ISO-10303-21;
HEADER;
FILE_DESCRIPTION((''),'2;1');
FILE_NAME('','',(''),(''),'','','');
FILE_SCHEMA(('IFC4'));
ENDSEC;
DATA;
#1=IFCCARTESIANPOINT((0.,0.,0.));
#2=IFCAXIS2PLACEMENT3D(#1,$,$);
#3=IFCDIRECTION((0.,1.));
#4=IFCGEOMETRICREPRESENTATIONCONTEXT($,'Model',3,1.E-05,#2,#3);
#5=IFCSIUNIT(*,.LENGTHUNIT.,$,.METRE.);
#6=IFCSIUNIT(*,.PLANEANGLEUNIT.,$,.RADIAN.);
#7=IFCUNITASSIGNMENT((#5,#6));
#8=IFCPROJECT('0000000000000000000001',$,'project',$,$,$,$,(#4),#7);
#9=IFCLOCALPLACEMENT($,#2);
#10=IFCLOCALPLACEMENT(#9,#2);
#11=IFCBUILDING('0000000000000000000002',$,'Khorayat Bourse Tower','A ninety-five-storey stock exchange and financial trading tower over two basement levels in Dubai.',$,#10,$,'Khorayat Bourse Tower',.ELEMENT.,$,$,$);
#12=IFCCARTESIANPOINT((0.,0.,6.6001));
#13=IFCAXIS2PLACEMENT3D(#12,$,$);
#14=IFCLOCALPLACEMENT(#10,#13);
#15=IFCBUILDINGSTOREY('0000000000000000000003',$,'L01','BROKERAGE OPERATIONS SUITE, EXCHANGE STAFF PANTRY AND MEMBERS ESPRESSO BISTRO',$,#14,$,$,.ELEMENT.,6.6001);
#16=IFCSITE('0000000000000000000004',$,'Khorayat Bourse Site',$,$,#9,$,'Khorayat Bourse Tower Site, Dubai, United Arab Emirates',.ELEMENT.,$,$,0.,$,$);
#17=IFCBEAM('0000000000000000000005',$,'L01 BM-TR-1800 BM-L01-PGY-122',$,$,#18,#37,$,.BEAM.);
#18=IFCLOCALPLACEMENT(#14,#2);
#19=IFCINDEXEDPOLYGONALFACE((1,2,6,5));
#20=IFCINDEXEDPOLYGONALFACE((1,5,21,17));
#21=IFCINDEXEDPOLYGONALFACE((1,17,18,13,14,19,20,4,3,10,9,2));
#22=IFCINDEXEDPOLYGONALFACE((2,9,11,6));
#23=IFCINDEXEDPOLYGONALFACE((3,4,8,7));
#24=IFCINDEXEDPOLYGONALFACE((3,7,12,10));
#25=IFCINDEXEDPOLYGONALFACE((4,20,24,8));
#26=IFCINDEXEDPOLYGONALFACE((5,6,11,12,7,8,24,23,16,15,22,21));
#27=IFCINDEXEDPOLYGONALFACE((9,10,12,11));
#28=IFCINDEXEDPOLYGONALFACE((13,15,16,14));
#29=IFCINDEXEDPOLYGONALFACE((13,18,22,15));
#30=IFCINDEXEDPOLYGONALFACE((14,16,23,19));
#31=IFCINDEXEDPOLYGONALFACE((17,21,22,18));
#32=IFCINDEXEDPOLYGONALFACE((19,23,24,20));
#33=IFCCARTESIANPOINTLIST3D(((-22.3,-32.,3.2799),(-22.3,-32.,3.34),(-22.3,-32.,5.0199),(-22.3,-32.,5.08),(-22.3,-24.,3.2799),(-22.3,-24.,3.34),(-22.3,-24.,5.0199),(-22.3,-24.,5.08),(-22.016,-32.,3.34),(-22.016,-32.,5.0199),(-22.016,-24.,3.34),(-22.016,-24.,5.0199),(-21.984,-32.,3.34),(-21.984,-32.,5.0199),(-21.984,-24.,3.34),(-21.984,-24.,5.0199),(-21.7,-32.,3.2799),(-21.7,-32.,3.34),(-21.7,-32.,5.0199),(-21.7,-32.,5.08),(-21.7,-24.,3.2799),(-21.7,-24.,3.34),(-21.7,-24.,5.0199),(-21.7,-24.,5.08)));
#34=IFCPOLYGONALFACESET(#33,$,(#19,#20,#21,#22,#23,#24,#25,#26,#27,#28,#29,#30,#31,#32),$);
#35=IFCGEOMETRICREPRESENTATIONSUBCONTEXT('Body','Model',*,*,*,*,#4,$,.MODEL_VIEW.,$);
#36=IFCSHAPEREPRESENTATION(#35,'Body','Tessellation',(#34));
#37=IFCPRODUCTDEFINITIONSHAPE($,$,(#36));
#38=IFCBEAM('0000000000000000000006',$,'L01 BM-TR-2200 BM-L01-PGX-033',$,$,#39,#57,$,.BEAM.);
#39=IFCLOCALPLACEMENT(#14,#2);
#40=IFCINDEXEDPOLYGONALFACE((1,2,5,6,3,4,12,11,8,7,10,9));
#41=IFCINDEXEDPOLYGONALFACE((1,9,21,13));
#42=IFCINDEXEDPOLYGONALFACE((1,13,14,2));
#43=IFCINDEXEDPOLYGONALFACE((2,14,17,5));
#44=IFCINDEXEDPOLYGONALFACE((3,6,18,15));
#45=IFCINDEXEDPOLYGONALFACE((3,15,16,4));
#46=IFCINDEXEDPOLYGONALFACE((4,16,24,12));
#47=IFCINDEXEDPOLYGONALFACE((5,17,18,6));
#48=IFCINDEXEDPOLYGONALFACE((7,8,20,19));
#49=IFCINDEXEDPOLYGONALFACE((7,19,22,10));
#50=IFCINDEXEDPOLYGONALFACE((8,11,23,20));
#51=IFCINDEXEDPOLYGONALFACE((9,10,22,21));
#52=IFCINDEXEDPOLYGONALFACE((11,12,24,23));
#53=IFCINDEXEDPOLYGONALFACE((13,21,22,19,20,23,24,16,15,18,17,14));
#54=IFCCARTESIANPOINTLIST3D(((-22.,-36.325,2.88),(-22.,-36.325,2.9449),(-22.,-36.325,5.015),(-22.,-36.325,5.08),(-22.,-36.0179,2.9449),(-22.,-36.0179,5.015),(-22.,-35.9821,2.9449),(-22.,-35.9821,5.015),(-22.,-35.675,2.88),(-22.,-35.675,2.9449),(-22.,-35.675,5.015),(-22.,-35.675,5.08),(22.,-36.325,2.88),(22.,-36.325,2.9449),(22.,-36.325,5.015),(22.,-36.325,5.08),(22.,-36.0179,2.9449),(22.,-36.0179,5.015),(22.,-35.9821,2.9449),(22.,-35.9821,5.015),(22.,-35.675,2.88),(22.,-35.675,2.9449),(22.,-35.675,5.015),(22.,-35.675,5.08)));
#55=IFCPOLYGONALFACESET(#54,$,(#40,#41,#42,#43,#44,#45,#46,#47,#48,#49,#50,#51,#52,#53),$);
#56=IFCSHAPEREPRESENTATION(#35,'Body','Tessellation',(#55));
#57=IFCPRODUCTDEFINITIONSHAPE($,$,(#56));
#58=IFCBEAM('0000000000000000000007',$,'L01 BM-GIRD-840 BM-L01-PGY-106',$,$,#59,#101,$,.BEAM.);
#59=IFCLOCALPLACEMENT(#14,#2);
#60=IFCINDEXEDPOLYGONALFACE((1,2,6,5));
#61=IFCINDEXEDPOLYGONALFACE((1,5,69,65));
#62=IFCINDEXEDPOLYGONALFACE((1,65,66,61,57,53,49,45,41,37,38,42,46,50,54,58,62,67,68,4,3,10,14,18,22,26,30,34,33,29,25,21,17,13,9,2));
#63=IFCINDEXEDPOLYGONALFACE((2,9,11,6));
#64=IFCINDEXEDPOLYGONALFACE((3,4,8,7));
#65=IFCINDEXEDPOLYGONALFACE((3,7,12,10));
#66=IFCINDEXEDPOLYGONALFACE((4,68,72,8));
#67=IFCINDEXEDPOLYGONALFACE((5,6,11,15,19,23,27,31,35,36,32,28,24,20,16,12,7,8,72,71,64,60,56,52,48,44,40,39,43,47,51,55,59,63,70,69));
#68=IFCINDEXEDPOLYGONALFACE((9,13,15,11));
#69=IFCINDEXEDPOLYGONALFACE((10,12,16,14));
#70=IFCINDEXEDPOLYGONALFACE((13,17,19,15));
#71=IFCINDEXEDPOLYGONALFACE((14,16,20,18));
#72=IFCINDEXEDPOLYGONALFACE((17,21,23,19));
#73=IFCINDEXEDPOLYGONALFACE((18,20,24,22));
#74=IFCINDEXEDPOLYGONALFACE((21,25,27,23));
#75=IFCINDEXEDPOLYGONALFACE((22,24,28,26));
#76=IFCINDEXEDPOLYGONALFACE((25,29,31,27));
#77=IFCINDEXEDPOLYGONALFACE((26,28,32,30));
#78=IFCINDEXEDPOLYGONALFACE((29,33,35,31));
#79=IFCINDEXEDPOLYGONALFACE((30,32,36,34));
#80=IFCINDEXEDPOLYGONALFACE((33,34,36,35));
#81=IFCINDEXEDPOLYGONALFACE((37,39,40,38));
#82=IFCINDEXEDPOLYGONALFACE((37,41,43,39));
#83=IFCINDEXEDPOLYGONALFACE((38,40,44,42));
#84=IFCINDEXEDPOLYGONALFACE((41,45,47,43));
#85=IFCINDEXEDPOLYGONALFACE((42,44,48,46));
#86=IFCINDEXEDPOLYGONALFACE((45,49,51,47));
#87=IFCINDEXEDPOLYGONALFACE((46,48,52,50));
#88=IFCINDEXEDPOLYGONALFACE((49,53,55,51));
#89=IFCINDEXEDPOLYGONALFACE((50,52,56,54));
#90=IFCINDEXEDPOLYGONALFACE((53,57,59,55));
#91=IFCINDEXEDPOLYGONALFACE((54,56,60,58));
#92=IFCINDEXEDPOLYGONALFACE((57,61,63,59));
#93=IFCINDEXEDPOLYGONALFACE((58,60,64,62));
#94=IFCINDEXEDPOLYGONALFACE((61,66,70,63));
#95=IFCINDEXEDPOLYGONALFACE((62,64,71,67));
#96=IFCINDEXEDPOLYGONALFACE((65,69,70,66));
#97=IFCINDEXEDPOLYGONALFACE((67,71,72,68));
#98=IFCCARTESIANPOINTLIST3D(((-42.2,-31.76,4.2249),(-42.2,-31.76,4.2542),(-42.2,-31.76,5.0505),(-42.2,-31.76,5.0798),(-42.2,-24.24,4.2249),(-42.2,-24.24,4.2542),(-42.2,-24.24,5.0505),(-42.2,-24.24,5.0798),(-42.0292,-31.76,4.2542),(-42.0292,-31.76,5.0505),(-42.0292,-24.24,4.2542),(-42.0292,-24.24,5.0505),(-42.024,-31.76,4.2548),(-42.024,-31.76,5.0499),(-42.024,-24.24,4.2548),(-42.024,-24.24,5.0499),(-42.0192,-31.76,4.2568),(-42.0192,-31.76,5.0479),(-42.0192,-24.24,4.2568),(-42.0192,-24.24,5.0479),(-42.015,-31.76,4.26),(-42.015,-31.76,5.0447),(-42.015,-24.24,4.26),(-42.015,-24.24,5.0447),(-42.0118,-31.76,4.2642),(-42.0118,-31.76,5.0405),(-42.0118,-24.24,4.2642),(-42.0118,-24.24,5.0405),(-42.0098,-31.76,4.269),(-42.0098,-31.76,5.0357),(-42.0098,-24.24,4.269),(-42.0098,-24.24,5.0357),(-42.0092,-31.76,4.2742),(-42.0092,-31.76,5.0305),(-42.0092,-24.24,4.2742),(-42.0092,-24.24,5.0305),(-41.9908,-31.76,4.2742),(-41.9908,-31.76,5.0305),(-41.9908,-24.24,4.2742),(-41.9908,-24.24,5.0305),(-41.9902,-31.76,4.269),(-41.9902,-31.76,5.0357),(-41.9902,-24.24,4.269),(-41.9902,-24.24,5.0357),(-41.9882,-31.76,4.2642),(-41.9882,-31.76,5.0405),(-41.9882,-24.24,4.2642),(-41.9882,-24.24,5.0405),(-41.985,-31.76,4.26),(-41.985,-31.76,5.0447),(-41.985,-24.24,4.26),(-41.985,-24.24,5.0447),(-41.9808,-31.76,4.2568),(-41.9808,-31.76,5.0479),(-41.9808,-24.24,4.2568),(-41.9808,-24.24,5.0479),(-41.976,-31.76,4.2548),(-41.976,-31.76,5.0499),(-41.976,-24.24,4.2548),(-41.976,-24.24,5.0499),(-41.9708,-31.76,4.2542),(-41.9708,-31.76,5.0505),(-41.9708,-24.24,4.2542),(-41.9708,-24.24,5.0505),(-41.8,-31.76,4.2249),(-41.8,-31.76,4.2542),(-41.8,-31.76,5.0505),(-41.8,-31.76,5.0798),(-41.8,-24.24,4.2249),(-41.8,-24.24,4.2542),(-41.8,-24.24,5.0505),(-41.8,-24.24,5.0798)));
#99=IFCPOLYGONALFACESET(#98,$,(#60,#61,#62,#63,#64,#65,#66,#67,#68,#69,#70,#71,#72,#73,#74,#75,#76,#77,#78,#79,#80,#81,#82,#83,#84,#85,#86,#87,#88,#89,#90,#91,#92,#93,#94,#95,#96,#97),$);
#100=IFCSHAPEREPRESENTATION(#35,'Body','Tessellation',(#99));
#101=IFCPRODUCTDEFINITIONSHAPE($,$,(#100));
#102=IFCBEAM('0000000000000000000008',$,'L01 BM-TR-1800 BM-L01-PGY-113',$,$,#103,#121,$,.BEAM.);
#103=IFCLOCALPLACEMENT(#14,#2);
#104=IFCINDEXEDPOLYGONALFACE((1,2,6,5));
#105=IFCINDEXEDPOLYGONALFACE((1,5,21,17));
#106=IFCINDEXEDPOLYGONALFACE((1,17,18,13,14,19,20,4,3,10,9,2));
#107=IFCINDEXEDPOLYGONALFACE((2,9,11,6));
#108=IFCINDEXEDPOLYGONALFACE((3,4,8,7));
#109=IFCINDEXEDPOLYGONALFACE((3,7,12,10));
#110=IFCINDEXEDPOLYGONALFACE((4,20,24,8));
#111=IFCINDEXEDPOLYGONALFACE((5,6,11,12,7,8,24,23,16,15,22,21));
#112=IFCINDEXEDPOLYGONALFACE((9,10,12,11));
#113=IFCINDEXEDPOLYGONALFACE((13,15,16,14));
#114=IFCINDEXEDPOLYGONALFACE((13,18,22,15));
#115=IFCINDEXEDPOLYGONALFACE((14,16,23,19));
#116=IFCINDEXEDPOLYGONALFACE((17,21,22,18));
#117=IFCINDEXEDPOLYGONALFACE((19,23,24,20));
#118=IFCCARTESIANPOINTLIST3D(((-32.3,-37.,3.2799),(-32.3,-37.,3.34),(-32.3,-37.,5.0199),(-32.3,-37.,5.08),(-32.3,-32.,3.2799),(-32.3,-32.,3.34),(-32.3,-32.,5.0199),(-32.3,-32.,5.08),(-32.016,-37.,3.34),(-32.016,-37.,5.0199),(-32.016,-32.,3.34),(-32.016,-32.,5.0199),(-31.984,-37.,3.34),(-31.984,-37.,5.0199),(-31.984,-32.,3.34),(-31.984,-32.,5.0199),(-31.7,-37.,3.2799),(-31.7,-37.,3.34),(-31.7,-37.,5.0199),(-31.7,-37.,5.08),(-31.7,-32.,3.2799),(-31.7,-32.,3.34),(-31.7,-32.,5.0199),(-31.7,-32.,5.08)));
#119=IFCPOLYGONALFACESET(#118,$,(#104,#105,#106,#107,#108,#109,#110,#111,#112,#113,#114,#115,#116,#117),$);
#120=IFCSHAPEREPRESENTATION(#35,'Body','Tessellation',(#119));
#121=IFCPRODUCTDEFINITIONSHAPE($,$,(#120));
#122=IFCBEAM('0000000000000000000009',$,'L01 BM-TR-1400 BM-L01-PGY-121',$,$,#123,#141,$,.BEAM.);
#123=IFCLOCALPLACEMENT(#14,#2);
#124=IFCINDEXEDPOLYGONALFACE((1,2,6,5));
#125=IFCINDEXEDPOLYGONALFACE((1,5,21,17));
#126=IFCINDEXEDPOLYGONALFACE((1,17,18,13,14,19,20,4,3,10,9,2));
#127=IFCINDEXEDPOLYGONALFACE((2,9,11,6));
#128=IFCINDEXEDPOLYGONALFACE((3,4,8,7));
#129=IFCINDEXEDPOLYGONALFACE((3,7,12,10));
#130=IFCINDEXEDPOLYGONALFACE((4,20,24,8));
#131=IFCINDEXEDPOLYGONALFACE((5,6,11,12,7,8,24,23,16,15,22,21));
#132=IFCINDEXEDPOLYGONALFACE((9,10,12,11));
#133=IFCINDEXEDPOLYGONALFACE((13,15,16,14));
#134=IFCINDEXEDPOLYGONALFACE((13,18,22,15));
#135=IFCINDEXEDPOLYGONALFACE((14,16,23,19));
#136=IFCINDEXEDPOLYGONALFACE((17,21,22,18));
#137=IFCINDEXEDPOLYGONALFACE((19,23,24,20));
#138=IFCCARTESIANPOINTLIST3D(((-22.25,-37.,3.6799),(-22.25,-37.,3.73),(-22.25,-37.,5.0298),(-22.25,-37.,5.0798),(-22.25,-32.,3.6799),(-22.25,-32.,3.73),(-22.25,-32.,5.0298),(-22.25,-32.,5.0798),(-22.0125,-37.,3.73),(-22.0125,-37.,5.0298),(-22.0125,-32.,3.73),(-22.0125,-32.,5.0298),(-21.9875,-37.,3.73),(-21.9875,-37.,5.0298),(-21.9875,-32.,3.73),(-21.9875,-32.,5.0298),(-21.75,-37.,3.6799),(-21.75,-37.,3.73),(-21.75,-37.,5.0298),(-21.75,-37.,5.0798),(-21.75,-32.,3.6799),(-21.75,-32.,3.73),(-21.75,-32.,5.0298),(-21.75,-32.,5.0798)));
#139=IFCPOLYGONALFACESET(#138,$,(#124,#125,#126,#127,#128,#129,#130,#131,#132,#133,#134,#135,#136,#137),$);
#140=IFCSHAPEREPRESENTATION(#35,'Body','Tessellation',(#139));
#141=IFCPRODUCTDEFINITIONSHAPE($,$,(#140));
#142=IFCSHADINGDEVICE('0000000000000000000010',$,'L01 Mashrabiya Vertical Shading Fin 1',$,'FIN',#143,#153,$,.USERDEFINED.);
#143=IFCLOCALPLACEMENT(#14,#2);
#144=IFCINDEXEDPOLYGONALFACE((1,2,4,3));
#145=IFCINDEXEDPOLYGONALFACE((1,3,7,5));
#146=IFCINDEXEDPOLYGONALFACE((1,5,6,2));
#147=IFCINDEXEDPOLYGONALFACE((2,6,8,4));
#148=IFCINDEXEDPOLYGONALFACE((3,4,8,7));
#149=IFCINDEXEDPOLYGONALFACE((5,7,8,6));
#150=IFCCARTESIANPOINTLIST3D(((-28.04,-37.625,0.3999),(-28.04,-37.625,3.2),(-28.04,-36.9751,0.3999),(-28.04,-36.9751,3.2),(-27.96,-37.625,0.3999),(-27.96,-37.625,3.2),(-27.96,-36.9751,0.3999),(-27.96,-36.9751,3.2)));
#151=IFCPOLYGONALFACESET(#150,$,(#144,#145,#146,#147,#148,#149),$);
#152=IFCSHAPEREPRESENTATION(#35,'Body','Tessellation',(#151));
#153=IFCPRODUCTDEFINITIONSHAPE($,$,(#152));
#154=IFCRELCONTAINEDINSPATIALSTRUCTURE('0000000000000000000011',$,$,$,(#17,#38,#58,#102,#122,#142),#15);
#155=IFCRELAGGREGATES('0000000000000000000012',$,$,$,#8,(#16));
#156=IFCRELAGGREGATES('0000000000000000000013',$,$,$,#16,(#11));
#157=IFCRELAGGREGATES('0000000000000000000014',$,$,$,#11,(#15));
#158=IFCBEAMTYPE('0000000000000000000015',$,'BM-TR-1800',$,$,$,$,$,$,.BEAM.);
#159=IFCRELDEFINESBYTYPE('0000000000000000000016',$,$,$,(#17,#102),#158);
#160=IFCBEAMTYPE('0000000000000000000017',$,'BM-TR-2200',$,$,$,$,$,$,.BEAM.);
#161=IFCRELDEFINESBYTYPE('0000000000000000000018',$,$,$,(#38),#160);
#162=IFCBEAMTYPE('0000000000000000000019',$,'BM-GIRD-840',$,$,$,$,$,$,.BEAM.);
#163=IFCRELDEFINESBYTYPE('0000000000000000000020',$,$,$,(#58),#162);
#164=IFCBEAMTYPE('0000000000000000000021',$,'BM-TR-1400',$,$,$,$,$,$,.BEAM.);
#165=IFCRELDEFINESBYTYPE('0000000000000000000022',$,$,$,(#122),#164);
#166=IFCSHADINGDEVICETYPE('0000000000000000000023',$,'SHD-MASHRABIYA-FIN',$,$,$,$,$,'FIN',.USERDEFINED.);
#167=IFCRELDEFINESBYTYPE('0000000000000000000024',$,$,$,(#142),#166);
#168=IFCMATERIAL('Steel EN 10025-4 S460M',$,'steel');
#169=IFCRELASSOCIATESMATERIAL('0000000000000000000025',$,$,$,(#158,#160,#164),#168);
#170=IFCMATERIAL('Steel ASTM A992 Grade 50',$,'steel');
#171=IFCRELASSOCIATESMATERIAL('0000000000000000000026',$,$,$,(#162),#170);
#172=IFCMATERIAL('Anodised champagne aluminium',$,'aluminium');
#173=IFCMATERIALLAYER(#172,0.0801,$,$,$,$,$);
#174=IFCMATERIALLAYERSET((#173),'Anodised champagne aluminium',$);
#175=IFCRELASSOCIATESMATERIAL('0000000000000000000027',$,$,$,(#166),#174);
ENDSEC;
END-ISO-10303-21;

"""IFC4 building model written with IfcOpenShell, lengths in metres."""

from ifc_helpers import new_model, si_unit, direction, frame, origin, origin_2d, place, context, subcontext, project, spatial, rectangle, i_section, extrude, source, transform, mapped, material, layer, layer_set, material_profile, profile_set, type_object, element, save


model = new_model("IFC4")

# Units and contexts
model_context = context("Model", 3, precision=1e-05, world=origin(), true_north=direction((0.0, 1.0)))
body_context = subcontext(model_context, "Body", "Model", "MODEL_VIEW")
ifc_project = project(units=[si_unit("LENGTHUNIT", "METRE"), si_unit("PLANEANGLEUNIT", "RADIAN")], contexts=[model_context])

# Site, building, storey
site_placement = place(None, origin())
site = spatial("IfcSite", under=ifc_project, at=site_placement, Name="Khorayat Bourse Site", LongName="Khorayat Bourse Tower Site, Dubai, United Arab Emirates", CompositionType="ELEMENT", RefElevation=0.0)
building_placement = place(site_placement, origin())
building = spatial("IfcBuilding", under=site, at=building_placement, Name="Khorayat Bourse Tower", Description="A ninety-five-storey stock exchange and financial trading tower over two basement levels in Dubai.", LongName="Khorayat Bourse Tower", CompositionType="ELEMENT")
storey_placement = place(building_placement, frame((0.0, 0.0, 6.6001)))
storey = spatial("IfcBuildingStorey", under=building, at=storey_placement, Name="L01", Description="BROKERAGE OPERATIONS SUITE, EXCHANGE STAFF PANTRY AND MEMBERS ESPRESSO BISTRO", CompositionType="ELEMENT", Elevation=6.6001)

# Beams
ifc_material_1 = material(Name="Steel EN 10025-4 S460M", Category="steel")
ifc_material_profile_1 = material_profile(ifc_material_1, i_section(OverallWidth=0.6001, OverallDepth=1.8, WebThickness=0.032, FlangeThickness=0.0601, at=origin_2d()), Name="PG 1800x600x32x60")
ifc_profile_set_1 = profile_set([ifc_material_profile_1], Name="Steel EN 10025-4 S460M")
beam_type_1 = type_object("IfcBeamType", Name="BM-TR-1800", PredefinedType="BEAM", material=ifc_profile_set_1)
shared_shape_1 = source(origin(), body_context, "Body", "SweptSolid", [
    extrude(i_section(OverallWidth=0.6001, OverallDepth=1.8, WebThickness=0.032, FlangeThickness=0.0601, at=origin_2d()), origin(), (0.0, 0.0, 1.0), 8.0),
])
for number, where, z_axis, x_axis, name in (
    (1, (-22.0, -32.0, 4.1799), (0.0, 1.0, 0.0), (-1.0, 0.0, 0.0), "L01 BM-TR-1800 BM-L01-PGY-122"),
):
    element("IfcBeam", number, at=place(storey_placement, frame(where, z_axis=z_axis, x_axis=x_axis)), inside=storey, type_object=beam_type_1, Name=name, PredefinedType="BEAM", context=body_context, shape_type="MappedRepresentation", body=[
        mapped(shared_shape_1, transform((0.0, 0.0, 0.0), scale=1.0)),
    ])
ifc_material_profile_2 = material_profile(ifc_material_1, i_section(OverallWidth=0.6499, OverallDepth=2.2, WebThickness=0.0359, FlangeThickness=0.0649, at=origin_2d()), Name="PG 2200x650x36x65")
ifc_profile_set_2 = profile_set([ifc_material_profile_2], Name="Steel EN 10025-4 S460M")
beam_type_2 = type_object("IfcBeamType", Name="BM-TR-2200", PredefinedType="BEAM", material=ifc_profile_set_2)
shared_shape_2 = source(origin(), body_context, "Body", "SweptSolid", [
    extrude(i_section(OverallWidth=0.6499, OverallDepth=2.2, WebThickness=0.0359, FlangeThickness=0.0649, at=origin_2d()), origin(), (0.0, 0.0, 1.0), 44.0),
])
beam_1_placement = place(storey_placement, frame((-22.0, -36.0, 3.98), z_axis=(1.0, 0.0, 0.0), x_axis=(0.0, 1.0, 0.0)))
element("IfcBeam", 2, at=beam_1_placement, inside=storey, type_object=beam_type_2, Name="L01 BM-TR-2200 BM-L01-PGX-033", PredefinedType="BEAM", context=body_context, shape_type="MappedRepresentation", body=[
    mapped(shared_shape_2, transform((0.0, 0.0, 0.0), scale=1.0)),
])
ifc_material_2 = material(Name="Steel ASTM A992 Grade 50", Category="steel")
ifc_material_profile_3 = material_profile(ifc_material_2, i_section(OverallWidth=0.3999, OverallDepth=0.855, WebThickness=0.0183, FlangeThickness=0.0293, FilletRadius=0.02, at=origin_2d()), Name="W840X299")
ifc_profile_set_3 = profile_set([ifc_material_profile_3], Name="Steel ASTM A992 Grade 50")
beam_type_3 = type_object("IfcBeamType", Name="BM-GIRD-840", PredefinedType="BEAM", material=ifc_profile_set_3)
shared_shape_3 = source(origin(), body_context, "Body", "SweptSolid", [
    extrude(i_section(OverallWidth=0.3999, OverallDepth=0.855, WebThickness=0.0183, FlangeThickness=0.0293, FilletRadius=0.02, at=origin_2d()), origin(), (0.0, 0.0, 1.0), 7.52),
])
beam_2_placement = place(storey_placement, frame((-42.0, -31.76, 4.6523), z_axis=(0.0, 1.0, 0.0), x_axis=(-1.0, 0.0, 0.0)))
element("IfcBeam", 3, at=beam_2_placement, inside=storey, type_object=beam_type_3, Name="L01 BM-GIRD-840 BM-L01-PGY-106", PredefinedType="BEAM", context=body_context, shape_type="MappedRepresentation", body=[
    mapped(shared_shape_3, transform((0.0, 0.0, 0.0), scale=1.0)),
])
shared_shape_4 = source(origin(), body_context, "Body", "SweptSolid", [
    extrude(i_section(OverallWidth=0.6001, OverallDepth=1.8, WebThickness=0.032, FlangeThickness=0.0601, at=origin_2d()), origin(), (0.0, 0.0, 1.0), 5.0),
])
beam_3_placement = place(storey_placement, frame((-32.0, -37.0, 4.1799), z_axis=(0.0, 1.0, 0.0), x_axis=(-1.0, 0.0, 0.0)))
element("IfcBeam", 4, at=beam_3_placement, inside=storey, type_object=beam_type_1, Name="L01 BM-TR-1800 BM-L01-PGY-113", PredefinedType="BEAM", context=body_context, shape_type="MappedRepresentation", body=[
    mapped(shared_shape_4, transform((0.0, 0.0, 0.0), scale=1.0)),
])
ifc_material_profile_4 = material_profile(ifc_material_1, i_section(OverallWidth=0.5, OverallDepth=1.3999, WebThickness=0.0249, FlangeThickness=0.05, at=origin_2d()), Name="PG 1400x500x25x50")
ifc_profile_set_4 = profile_set([ifc_material_profile_4], Name="Steel EN 10025-4 S460M")
beam_type_4 = type_object("IfcBeamType", Name="BM-TR-1400", PredefinedType="BEAM", material=ifc_profile_set_4)
shared_shape_5 = source(origin(), body_context, "Body", "SweptSolid", [
    extrude(i_section(OverallWidth=0.5, OverallDepth=1.3999, WebThickness=0.0249, FlangeThickness=0.05, at=origin_2d()), origin(), (0.0, 0.0, 1.0), 5.0),
])
beam_4_placement = place(storey_placement, frame((-22.0, -37.0, 4.3799), z_axis=(0.0, 1.0, 0.0), x_axis=(-1.0, 0.0, 0.0)))
element("IfcBeam", 5, at=beam_4_placement, inside=storey, type_object=beam_type_4, Name="L01 BM-TR-1400 BM-L01-PGY-121", PredefinedType="BEAM", context=body_context, shape_type="MappedRepresentation", body=[
    mapped(shared_shape_5, transform((0.0, 0.0, 0.0), scale=1.0)),
])

# Shading device
ifc_material_3 = material(Name="Anodised champagne aluminium", Category="aluminium")
ifc_layer = layer(ifc_material_3, 0.0801)
ifc_layer_set = layer_set([ifc_layer], Name="Anodised champagne aluminium")
shading_device_type = type_object("IfcShadingDeviceType", Name="SHD-MASHRABIYA-FIN", ElementType="FIN", PredefinedType="USERDEFINED", material=ifc_layer_set)
shared_shape_6 = source(origin(), body_context, "Body", "SweptSolid", [
    extrude(rectangle(XDim=0.0801, YDim=0.6499, at=origin_2d()), origin(), (0.0, 0.0, 1.0), 2.8),
])
shading_device_placement = place(storey_placement, frame((-28.0, -37.3, 0.3999), z_axis=(0.0, 0.0, 1.0), x_axis=(1.0, 0.0, 0.0)))
element("IfcShadingDevice", 6, at=shading_device_placement, inside=storey, type_object=shading_device_type, Name="L01 Mashrabiya Vertical Shading Fin 1", ObjectType="FIN", PredefinedType="USERDEFINED", context=body_context, shape_type="MappedRepresentation", body=[
    mapped(shared_shape_6, transform((0.0, 0.0, 0.0), scale=1.0)),
])

save(model, "model.ifc")
